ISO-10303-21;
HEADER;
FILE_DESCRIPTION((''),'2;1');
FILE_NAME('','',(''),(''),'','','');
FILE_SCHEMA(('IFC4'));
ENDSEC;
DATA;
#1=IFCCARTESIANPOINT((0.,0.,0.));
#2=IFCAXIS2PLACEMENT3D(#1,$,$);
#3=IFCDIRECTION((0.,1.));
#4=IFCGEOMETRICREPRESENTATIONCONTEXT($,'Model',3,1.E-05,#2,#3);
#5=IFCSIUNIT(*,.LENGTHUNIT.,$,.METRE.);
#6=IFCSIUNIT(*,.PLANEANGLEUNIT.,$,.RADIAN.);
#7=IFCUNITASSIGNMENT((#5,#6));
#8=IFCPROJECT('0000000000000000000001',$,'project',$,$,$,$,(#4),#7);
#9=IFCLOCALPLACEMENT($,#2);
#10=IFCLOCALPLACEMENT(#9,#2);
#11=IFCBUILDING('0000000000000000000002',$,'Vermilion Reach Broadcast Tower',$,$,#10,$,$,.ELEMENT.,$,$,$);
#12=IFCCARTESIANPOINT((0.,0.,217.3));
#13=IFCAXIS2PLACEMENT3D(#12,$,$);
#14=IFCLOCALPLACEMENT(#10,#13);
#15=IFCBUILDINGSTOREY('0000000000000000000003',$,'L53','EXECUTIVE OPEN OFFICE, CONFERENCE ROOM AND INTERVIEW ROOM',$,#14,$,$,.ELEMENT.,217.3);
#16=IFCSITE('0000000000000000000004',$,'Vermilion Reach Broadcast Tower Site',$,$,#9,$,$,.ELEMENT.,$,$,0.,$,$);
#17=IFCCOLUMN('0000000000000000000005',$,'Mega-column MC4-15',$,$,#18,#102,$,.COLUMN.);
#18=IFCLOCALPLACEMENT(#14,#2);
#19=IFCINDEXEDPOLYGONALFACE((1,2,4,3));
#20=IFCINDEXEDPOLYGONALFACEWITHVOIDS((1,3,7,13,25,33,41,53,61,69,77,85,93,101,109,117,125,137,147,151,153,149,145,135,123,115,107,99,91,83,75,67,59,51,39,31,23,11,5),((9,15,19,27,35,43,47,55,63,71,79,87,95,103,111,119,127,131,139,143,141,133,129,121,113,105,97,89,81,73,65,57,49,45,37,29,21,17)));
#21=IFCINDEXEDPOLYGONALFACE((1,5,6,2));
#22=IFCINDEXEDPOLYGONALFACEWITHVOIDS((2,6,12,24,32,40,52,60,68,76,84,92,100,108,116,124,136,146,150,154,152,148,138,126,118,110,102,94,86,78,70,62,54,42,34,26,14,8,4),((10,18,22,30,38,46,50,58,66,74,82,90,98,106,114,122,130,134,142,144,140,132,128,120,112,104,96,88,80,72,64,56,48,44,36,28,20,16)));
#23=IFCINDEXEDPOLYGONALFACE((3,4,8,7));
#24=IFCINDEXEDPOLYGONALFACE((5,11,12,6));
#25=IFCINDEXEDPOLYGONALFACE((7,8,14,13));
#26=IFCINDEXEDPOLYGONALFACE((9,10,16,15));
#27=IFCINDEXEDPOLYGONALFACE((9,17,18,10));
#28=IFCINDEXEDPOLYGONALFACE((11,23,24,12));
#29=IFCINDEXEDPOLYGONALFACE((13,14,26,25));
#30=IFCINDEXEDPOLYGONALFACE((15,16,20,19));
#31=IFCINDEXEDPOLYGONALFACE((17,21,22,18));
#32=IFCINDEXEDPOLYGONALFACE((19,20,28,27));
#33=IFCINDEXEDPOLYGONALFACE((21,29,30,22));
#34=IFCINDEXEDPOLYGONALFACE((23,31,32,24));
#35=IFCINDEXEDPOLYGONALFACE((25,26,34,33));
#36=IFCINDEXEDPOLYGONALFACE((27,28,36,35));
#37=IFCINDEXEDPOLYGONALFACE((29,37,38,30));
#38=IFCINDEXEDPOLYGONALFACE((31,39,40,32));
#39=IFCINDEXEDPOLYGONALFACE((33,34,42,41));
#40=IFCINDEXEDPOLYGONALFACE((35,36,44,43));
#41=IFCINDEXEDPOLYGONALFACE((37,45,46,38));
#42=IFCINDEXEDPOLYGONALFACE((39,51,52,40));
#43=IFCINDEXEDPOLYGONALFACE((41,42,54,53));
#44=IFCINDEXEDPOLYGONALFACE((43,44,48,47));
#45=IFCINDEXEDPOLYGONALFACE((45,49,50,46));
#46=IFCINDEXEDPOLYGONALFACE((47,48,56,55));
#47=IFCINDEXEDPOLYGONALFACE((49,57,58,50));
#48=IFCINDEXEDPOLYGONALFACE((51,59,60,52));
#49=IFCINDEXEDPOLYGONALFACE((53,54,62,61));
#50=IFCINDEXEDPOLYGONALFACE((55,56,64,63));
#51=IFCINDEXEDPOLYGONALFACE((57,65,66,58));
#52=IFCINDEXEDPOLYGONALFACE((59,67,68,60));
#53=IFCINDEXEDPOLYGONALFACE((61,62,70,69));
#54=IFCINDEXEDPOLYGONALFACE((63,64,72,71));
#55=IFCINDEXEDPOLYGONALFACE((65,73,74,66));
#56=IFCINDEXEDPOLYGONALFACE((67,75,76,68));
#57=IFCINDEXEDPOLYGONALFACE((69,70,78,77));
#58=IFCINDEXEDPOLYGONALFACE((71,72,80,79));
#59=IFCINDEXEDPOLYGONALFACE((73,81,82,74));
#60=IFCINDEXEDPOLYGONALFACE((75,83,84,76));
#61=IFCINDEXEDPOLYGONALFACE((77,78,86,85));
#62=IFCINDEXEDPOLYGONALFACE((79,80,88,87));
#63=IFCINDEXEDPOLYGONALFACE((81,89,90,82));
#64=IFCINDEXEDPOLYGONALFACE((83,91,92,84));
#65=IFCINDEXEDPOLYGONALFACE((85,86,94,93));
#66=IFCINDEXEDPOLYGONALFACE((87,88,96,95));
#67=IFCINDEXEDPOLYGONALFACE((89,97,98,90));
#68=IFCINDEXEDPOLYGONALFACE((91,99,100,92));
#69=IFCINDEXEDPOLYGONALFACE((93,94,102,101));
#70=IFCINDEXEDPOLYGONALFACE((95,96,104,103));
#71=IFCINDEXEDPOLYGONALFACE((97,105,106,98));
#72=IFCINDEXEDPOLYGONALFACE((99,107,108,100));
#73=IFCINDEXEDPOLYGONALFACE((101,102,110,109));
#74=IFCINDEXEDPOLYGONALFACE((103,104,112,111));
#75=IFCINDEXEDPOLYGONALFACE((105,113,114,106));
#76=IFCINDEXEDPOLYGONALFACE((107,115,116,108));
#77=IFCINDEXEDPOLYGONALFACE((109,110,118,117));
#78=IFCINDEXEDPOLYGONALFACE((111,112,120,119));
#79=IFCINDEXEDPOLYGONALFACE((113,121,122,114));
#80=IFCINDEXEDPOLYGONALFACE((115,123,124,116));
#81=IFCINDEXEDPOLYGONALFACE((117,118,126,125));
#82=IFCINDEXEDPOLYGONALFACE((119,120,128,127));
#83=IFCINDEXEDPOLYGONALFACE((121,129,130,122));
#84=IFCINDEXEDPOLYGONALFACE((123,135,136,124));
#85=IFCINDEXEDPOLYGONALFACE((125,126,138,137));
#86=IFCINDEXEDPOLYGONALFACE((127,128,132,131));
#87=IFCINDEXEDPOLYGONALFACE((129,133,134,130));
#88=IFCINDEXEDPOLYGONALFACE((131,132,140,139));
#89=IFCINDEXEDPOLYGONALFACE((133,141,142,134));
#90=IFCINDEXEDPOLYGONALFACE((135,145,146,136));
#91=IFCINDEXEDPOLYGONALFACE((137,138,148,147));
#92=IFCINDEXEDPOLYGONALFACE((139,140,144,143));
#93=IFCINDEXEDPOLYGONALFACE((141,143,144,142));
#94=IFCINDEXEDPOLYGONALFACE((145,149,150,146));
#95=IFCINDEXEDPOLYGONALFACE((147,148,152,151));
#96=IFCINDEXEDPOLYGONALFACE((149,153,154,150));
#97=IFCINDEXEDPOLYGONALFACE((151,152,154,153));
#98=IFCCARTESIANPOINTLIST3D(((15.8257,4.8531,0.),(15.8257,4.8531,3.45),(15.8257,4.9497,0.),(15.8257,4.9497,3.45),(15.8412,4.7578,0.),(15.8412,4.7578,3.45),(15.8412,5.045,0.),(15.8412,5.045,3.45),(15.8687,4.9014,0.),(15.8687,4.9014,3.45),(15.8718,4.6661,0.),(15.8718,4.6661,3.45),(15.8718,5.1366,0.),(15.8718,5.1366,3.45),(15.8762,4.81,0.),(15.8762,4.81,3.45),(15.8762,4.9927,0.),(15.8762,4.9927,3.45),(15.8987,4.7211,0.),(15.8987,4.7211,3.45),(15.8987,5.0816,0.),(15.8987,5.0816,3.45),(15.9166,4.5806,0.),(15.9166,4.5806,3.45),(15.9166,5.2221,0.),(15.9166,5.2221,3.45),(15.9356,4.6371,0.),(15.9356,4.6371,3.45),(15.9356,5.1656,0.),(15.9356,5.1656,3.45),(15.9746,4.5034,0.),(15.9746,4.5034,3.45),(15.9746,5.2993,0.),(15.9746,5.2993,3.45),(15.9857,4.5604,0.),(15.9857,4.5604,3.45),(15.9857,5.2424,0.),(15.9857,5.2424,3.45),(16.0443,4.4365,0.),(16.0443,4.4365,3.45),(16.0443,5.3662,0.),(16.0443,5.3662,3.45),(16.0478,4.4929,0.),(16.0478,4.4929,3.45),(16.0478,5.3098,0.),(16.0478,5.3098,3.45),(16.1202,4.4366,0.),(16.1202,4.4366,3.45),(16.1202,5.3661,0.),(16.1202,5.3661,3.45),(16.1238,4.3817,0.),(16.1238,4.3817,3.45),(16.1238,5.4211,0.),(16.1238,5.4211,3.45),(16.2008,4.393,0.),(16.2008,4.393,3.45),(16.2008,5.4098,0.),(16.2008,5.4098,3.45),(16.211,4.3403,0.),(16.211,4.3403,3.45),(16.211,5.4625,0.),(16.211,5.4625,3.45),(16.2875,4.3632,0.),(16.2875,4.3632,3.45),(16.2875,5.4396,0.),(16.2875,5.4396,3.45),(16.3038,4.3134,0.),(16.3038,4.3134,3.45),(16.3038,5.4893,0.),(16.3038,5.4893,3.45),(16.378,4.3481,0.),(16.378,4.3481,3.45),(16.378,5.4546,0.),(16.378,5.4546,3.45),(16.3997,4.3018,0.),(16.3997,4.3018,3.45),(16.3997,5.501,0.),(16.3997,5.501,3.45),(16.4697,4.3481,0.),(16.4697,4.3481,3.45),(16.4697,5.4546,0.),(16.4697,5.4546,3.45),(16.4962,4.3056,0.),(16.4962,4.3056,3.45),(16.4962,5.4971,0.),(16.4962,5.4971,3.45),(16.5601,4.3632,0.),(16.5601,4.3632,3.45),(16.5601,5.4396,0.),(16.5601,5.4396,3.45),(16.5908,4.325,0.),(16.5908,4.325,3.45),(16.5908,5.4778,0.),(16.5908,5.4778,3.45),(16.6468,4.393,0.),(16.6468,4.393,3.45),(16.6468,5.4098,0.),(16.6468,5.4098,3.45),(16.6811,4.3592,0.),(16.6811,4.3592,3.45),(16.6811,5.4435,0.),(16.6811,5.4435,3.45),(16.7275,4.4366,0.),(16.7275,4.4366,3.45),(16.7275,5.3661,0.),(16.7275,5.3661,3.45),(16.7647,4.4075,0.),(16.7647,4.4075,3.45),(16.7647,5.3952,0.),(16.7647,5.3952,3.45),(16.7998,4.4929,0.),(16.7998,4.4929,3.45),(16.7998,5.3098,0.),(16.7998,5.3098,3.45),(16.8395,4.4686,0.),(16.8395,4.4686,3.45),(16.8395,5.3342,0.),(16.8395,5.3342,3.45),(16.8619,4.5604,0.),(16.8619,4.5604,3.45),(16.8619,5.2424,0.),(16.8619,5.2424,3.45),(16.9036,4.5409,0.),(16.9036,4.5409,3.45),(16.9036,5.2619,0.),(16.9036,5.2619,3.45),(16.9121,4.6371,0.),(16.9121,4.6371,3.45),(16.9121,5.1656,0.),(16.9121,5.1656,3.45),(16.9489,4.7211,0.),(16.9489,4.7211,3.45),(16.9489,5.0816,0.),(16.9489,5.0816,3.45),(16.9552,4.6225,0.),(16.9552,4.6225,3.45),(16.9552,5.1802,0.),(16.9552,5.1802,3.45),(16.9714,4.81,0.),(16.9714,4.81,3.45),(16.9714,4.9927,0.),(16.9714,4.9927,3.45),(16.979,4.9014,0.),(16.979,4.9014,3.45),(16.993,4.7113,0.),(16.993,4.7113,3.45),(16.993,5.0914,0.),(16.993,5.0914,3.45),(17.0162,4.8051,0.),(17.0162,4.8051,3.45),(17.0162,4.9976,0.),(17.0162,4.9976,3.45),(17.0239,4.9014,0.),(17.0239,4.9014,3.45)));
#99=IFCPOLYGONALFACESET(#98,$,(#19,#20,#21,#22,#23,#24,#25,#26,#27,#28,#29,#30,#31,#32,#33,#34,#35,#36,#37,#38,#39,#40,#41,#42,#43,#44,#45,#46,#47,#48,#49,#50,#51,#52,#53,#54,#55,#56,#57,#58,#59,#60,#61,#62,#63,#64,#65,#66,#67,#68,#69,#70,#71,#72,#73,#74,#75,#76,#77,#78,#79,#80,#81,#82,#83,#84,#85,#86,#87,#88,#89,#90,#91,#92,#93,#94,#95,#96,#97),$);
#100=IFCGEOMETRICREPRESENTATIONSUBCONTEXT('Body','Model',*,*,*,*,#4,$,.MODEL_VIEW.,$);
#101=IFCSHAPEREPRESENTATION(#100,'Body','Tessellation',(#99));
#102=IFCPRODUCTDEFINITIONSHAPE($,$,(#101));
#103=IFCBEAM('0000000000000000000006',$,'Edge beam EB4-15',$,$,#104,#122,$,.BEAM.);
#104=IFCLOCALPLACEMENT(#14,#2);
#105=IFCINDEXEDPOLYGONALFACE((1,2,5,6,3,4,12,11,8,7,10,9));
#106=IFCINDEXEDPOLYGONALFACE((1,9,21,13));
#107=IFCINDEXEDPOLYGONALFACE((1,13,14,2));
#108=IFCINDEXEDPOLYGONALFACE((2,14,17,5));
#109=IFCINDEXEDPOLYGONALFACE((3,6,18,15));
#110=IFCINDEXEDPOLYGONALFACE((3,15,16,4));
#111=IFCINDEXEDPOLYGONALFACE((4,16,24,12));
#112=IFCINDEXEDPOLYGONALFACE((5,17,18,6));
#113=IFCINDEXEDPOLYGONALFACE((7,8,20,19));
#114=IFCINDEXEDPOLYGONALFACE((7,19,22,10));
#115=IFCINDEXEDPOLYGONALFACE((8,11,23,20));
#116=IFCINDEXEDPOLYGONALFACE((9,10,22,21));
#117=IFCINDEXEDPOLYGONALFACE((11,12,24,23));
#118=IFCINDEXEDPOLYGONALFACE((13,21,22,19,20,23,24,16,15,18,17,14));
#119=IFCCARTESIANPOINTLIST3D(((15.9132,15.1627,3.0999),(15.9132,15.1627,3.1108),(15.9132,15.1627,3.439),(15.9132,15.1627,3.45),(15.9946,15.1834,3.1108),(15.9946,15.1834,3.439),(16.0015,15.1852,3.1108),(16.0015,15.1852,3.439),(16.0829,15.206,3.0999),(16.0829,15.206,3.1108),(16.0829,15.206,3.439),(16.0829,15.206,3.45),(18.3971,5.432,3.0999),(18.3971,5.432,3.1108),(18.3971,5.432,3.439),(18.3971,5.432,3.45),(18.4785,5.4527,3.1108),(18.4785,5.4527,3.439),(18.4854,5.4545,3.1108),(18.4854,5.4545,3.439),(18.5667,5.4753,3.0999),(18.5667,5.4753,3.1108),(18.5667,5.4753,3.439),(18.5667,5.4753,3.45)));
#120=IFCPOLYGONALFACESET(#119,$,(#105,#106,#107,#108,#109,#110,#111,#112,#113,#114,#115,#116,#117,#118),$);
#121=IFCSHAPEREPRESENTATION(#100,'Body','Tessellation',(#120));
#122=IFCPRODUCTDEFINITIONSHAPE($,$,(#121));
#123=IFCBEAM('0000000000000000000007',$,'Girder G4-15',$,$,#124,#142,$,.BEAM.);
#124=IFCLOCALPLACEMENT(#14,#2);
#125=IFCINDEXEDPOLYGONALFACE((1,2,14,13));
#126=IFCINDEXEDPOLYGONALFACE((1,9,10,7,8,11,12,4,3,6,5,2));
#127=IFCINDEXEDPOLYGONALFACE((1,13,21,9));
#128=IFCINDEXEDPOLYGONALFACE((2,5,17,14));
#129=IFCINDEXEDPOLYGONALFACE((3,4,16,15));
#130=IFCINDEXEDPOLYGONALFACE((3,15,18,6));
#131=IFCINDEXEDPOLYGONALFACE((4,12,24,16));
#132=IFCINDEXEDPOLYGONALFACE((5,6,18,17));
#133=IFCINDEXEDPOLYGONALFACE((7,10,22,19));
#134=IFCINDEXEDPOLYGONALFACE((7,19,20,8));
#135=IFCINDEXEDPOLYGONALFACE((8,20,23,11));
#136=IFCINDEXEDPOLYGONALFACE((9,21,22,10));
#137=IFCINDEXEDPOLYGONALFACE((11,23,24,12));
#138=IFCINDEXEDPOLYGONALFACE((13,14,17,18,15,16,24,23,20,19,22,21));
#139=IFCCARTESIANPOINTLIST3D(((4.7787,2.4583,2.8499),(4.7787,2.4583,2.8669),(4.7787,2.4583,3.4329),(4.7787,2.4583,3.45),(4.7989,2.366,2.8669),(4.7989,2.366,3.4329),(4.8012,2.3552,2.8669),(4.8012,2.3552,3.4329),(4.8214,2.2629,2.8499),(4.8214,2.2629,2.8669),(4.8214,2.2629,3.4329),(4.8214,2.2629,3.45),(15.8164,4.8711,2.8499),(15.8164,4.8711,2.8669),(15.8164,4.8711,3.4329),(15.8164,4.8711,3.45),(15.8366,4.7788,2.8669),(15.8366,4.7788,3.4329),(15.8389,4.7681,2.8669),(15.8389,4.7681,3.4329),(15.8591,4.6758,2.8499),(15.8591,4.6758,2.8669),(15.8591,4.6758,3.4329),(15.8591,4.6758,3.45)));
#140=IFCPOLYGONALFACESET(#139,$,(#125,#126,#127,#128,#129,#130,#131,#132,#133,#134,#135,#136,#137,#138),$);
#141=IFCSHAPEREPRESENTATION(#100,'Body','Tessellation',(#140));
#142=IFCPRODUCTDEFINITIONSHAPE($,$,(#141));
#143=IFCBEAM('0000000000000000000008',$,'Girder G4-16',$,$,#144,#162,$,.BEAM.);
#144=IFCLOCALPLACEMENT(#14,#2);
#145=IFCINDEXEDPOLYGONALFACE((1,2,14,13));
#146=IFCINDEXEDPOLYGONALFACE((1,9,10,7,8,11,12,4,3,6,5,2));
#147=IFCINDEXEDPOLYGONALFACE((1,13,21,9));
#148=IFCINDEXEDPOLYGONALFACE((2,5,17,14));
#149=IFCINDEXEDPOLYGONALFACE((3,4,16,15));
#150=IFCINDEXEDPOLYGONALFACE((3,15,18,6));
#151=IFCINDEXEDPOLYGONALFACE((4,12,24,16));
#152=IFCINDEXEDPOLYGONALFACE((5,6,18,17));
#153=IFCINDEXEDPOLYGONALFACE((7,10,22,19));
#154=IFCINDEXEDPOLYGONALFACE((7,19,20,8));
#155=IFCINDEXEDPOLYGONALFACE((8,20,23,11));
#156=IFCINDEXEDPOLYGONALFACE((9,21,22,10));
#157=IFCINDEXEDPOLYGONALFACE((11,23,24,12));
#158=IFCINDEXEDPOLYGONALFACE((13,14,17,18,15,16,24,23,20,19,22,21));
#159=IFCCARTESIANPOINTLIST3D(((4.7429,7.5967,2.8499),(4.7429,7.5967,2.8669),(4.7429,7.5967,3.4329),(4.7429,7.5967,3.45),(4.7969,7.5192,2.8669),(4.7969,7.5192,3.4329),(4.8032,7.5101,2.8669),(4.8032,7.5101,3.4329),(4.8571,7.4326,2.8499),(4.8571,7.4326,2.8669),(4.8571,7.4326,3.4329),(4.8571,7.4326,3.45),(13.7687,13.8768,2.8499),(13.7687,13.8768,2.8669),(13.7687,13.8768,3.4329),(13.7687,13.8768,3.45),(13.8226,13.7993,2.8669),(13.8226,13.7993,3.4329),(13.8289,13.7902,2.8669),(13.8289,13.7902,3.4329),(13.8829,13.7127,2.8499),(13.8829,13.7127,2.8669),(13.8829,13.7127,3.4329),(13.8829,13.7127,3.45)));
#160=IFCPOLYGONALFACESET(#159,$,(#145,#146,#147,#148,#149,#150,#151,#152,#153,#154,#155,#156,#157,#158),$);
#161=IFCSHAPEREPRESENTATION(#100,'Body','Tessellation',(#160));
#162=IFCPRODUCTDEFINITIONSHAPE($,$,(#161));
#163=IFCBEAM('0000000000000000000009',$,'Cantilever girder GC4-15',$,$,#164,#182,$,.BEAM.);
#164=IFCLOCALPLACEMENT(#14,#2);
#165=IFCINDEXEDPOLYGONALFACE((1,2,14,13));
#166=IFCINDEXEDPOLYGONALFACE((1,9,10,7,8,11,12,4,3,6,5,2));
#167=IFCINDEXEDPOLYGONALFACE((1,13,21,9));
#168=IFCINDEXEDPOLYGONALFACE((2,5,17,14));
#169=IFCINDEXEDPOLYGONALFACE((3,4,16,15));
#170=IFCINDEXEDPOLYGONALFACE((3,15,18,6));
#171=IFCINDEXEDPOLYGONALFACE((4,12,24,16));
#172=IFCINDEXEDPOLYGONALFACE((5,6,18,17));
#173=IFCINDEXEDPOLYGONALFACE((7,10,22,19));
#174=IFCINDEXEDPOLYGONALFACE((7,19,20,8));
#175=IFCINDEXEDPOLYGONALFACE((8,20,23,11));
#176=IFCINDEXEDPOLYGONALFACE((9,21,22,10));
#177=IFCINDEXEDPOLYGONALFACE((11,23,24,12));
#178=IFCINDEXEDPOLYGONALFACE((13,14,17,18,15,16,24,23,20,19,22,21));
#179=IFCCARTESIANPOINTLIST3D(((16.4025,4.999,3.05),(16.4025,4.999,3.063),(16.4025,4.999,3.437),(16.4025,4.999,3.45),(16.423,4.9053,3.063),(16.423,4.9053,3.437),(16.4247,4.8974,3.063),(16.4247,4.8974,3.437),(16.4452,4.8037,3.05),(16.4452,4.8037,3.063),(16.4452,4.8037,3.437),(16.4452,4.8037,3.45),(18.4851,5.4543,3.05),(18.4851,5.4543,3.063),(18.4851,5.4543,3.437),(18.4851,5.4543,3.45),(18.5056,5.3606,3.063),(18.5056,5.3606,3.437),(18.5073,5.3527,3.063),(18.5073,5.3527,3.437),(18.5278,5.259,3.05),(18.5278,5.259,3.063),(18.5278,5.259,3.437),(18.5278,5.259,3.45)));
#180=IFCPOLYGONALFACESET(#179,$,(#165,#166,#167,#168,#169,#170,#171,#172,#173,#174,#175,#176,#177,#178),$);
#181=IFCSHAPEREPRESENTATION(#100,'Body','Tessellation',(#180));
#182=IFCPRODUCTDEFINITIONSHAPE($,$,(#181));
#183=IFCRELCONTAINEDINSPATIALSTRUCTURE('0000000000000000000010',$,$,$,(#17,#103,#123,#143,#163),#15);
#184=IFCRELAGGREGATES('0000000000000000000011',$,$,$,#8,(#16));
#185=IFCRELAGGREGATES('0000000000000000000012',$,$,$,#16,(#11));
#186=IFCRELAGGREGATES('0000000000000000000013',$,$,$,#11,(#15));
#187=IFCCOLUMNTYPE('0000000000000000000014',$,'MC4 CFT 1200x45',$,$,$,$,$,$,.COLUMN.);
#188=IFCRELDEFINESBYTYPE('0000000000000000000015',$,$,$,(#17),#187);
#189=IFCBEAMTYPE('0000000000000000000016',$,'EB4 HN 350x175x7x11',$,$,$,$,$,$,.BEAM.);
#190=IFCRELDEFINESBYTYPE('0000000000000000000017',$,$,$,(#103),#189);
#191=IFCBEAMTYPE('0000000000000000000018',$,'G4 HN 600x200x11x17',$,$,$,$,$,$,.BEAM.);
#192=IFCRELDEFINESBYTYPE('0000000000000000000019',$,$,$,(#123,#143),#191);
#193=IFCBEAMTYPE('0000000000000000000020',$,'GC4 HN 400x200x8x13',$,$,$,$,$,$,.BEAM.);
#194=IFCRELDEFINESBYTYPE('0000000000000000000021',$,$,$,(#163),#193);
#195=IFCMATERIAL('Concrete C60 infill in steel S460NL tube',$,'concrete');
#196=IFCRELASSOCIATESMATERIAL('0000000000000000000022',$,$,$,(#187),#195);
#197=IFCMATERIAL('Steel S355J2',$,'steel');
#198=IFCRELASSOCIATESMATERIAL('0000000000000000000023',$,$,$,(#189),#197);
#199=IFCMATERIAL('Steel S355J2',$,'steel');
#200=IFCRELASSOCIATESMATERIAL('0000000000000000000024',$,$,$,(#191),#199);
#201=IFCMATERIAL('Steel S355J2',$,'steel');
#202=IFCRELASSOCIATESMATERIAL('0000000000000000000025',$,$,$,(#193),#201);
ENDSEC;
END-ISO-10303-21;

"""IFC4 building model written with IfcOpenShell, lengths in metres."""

from ifc_helpers import new_model, si_unit, direction, frame, origin, origin_2d, place, context, subcontext, project, spatial, hollow_circle, i_section, extrude, material, material_profile, profile_set, type_object, element, save


model = new_model("IFC4")

# Units and contexts
model_context = context("Model", 3, precision=1e-05, world=origin(), true_north=direction((0.0, 1.0)))
body_context = subcontext(model_context, "Body", "Model", "MODEL_VIEW")
ifc_project = project(units=[si_unit("LENGTHUNIT", "METRE"), si_unit("PLANEANGLEUNIT", "RADIAN")], contexts=[model_context])

# Site, building, storey
site_placement = place(None, origin())
site = spatial("IfcSite", under=ifc_project, at=site_placement, Name="Vermilion Reach Broadcast Tower Site", CompositionType="ELEMENT", RefElevation=0.0)
building_placement = place(site_placement, origin())
building = spatial("IfcBuilding", under=site, at=building_placement, Name="Vermilion Reach Broadcast Tower", CompositionType="ELEMENT")
storey_placement = place(building_placement, frame((0.0, 0.0, 217.3)))
storey = spatial("IfcBuildingStorey", under=building, at=storey_placement, Name="L53", Description="EXECUTIVE OPEN OFFICE, CONFERENCE ROOM AND INTERVIEW ROOM", CompositionType="ELEMENT", Elevation=217.3)

# Column
ifc_material_1 = material(Name="Concrete C60 infill in steel S460NL tube", Category="concrete")
ifc_material_profile_1 = material_profile(ifc_material_1, hollow_circle(Radius=0.6001, WallThickness=0.0449, at=origin_2d()), Name="Concrete C60 infill in steel S460NL tube CFT 1200x45")
ifc_profile_set_1 = profile_set([ifc_material_profile_1], Name="Concrete C60 infill in steel S460NL tube")
column_type = type_object("IfcColumnType", Name="MC4 CFT 1200x45", PredefinedType="COLUMN", material=ifc_profile_set_1)
column_placement = place(storey_placement, frame((16.4238, 4.9014, 0.0), z_axis=(0.0, 0.0, 1.0), x_axis=(1.0, 0.0, 0.0)))
element("IfcColumn", 1, at=column_placement, inside=storey, type_object=column_type, Name="Mega-column MC4-15", PredefinedType="COLUMN", context=body_context, shape_type="SweptSolid", body=[
    extrude(hollow_circle(Radius=0.6001, WallThickness=0.0449, at=origin_2d()), origin(), (0.0, 0.0, 1.0), 3.45),
])

# Beams
ifc_material_2 = material(Name="Steel S355J2", Category="steel")
ifc_material_profile_2 = material_profile(ifc_material_2, i_section(OverallWidth=0.175, OverallDepth=0.3501, WebThickness=0.0071, FlangeThickness=0.011, at=origin_2d()), Name="S355J2 HN 350x175x7x11")
ifc_profile_set_2 = profile_set([ifc_material_profile_2], Name="Steel S355J2")
beam_type_1 = type_object("IfcBeamType", Name="EB4 HN 350x175x7x11", PredefinedType="BEAM", material=ifc_profile_set_2)
beam_1_placement = place(storey_placement, frame((18.4819, 5.4536, 3.2749), z_axis=(-0.247332, 0.968931, 0.0), x_axis=(-0.968931, -0.247332, 0.0)))
element("IfcBeam", 2, at=beam_1_placement, inside=storey, type_object=beam_type_1, Name="Edge beam EB4-15", PredefinedType="BEAM", context=body_context, shape_type="SweptSolid", body=[
    extrude(i_section(OverallWidth=0.175, OverallDepth=0.3501, WebThickness=0.0071, FlangeThickness=0.011, at=origin_2d()), origin(), (0.0, 0.0, 1.0), 10.0427),
])
ifc_material_3 = material(Name="Steel S355J2", Category="steel")
ifc_material_profile_3 = material_profile(ifc_material_3, i_section(OverallWidth=0.2, OverallDepth=0.6001, WebThickness=0.011, FlangeThickness=0.0171, at=origin_2d()), Name="S355J2 HN 600x200x11x17")
ifc_profile_set_3 = profile_set([ifc_material_profile_3], Name="Steel S355J2")
beam_type_2 = type_object("IfcBeamType", Name="G4 HN 600x200x11x17", PredefinedType="BEAM", material=ifc_profile_set_3)
beam_2_placement = place(storey_placement, frame((4.8, 2.3606, 3.1499), z_axis=(0.97693, 0.213559, 0.0), x_axis=(-0.213559, 0.97693, 0.0)))
element("IfcBeam", 3, at=beam_2_placement, inside=storey, type_object=beam_type_2, Name="Girder G4-15", PredefinedType="BEAM", context=body_context, shape_type="SweptSolid", body=[
    extrude(i_section(OverallWidth=0.2, OverallDepth=0.6001, WebThickness=0.011, FlangeThickness=0.0171, at=origin_2d()), origin(), (0.0, 0.0, 1.0), 11.2983),
])
beam_3_placement = place(storey_placement, frame((4.8, 7.5146, 3.1499), z_axis=(0.820849, 0.571146, 0.0), x_axis=(-0.571146, 0.820849, 0.0)))
element("IfcBeam", 4, at=beam_3_placement, inside=storey, type_object=beam_type_2, Name="Girder G4-16", PredefinedType="BEAM", context=body_context, shape_type="SweptSolid", body=[
    extrude(i_section(OverallWidth=0.2, OverallDepth=0.6001, WebThickness=0.011, FlangeThickness=0.0171, at=origin_2d()), origin(), (0.0, 0.0, 1.0), 10.9956),
])
ifc_material_4 = material(Name="Steel S355J2", Category="steel")
ifc_material_profile_4 = material_profile(ifc_material_4, i_section(OverallWidth=0.2, OverallDepth=0.3999, WebThickness=0.0081, FlangeThickness=0.0129, at=origin_2d()), Name="S355J2 HN 400x200x8x13")
ifc_profile_set_4 = profile_set([ifc_material_profile_4], Name="Steel S355J2")
beam_type_3 = type_object("IfcBeamType", Name="GC4 HN 400x200x8x13", PredefinedType="BEAM", material=ifc_profile_set_4)
beam_4_placement = place(storey_placement, frame((16.4238, 4.9014, 3.25), z_axis=(0.976928, 0.213571, 0.0), x_axis=(-0.213571, 0.976928, 0.0)))
element("IfcBeam", 5, at=beam_4_placement, inside=storey, type_object=beam_type_3, Name="Cantilever girder GC4-15", PredefinedType="BEAM", context=body_context, shape_type="SweptSolid", body=[
    extrude(i_section(OverallWidth=0.2, OverallDepth=0.3999, WebThickness=0.0081, FlangeThickness=0.0129, at=origin_2d()), origin(), (0.0, 0.0, 1.0), 2.1318),
])

save(model, "model.ifc")
